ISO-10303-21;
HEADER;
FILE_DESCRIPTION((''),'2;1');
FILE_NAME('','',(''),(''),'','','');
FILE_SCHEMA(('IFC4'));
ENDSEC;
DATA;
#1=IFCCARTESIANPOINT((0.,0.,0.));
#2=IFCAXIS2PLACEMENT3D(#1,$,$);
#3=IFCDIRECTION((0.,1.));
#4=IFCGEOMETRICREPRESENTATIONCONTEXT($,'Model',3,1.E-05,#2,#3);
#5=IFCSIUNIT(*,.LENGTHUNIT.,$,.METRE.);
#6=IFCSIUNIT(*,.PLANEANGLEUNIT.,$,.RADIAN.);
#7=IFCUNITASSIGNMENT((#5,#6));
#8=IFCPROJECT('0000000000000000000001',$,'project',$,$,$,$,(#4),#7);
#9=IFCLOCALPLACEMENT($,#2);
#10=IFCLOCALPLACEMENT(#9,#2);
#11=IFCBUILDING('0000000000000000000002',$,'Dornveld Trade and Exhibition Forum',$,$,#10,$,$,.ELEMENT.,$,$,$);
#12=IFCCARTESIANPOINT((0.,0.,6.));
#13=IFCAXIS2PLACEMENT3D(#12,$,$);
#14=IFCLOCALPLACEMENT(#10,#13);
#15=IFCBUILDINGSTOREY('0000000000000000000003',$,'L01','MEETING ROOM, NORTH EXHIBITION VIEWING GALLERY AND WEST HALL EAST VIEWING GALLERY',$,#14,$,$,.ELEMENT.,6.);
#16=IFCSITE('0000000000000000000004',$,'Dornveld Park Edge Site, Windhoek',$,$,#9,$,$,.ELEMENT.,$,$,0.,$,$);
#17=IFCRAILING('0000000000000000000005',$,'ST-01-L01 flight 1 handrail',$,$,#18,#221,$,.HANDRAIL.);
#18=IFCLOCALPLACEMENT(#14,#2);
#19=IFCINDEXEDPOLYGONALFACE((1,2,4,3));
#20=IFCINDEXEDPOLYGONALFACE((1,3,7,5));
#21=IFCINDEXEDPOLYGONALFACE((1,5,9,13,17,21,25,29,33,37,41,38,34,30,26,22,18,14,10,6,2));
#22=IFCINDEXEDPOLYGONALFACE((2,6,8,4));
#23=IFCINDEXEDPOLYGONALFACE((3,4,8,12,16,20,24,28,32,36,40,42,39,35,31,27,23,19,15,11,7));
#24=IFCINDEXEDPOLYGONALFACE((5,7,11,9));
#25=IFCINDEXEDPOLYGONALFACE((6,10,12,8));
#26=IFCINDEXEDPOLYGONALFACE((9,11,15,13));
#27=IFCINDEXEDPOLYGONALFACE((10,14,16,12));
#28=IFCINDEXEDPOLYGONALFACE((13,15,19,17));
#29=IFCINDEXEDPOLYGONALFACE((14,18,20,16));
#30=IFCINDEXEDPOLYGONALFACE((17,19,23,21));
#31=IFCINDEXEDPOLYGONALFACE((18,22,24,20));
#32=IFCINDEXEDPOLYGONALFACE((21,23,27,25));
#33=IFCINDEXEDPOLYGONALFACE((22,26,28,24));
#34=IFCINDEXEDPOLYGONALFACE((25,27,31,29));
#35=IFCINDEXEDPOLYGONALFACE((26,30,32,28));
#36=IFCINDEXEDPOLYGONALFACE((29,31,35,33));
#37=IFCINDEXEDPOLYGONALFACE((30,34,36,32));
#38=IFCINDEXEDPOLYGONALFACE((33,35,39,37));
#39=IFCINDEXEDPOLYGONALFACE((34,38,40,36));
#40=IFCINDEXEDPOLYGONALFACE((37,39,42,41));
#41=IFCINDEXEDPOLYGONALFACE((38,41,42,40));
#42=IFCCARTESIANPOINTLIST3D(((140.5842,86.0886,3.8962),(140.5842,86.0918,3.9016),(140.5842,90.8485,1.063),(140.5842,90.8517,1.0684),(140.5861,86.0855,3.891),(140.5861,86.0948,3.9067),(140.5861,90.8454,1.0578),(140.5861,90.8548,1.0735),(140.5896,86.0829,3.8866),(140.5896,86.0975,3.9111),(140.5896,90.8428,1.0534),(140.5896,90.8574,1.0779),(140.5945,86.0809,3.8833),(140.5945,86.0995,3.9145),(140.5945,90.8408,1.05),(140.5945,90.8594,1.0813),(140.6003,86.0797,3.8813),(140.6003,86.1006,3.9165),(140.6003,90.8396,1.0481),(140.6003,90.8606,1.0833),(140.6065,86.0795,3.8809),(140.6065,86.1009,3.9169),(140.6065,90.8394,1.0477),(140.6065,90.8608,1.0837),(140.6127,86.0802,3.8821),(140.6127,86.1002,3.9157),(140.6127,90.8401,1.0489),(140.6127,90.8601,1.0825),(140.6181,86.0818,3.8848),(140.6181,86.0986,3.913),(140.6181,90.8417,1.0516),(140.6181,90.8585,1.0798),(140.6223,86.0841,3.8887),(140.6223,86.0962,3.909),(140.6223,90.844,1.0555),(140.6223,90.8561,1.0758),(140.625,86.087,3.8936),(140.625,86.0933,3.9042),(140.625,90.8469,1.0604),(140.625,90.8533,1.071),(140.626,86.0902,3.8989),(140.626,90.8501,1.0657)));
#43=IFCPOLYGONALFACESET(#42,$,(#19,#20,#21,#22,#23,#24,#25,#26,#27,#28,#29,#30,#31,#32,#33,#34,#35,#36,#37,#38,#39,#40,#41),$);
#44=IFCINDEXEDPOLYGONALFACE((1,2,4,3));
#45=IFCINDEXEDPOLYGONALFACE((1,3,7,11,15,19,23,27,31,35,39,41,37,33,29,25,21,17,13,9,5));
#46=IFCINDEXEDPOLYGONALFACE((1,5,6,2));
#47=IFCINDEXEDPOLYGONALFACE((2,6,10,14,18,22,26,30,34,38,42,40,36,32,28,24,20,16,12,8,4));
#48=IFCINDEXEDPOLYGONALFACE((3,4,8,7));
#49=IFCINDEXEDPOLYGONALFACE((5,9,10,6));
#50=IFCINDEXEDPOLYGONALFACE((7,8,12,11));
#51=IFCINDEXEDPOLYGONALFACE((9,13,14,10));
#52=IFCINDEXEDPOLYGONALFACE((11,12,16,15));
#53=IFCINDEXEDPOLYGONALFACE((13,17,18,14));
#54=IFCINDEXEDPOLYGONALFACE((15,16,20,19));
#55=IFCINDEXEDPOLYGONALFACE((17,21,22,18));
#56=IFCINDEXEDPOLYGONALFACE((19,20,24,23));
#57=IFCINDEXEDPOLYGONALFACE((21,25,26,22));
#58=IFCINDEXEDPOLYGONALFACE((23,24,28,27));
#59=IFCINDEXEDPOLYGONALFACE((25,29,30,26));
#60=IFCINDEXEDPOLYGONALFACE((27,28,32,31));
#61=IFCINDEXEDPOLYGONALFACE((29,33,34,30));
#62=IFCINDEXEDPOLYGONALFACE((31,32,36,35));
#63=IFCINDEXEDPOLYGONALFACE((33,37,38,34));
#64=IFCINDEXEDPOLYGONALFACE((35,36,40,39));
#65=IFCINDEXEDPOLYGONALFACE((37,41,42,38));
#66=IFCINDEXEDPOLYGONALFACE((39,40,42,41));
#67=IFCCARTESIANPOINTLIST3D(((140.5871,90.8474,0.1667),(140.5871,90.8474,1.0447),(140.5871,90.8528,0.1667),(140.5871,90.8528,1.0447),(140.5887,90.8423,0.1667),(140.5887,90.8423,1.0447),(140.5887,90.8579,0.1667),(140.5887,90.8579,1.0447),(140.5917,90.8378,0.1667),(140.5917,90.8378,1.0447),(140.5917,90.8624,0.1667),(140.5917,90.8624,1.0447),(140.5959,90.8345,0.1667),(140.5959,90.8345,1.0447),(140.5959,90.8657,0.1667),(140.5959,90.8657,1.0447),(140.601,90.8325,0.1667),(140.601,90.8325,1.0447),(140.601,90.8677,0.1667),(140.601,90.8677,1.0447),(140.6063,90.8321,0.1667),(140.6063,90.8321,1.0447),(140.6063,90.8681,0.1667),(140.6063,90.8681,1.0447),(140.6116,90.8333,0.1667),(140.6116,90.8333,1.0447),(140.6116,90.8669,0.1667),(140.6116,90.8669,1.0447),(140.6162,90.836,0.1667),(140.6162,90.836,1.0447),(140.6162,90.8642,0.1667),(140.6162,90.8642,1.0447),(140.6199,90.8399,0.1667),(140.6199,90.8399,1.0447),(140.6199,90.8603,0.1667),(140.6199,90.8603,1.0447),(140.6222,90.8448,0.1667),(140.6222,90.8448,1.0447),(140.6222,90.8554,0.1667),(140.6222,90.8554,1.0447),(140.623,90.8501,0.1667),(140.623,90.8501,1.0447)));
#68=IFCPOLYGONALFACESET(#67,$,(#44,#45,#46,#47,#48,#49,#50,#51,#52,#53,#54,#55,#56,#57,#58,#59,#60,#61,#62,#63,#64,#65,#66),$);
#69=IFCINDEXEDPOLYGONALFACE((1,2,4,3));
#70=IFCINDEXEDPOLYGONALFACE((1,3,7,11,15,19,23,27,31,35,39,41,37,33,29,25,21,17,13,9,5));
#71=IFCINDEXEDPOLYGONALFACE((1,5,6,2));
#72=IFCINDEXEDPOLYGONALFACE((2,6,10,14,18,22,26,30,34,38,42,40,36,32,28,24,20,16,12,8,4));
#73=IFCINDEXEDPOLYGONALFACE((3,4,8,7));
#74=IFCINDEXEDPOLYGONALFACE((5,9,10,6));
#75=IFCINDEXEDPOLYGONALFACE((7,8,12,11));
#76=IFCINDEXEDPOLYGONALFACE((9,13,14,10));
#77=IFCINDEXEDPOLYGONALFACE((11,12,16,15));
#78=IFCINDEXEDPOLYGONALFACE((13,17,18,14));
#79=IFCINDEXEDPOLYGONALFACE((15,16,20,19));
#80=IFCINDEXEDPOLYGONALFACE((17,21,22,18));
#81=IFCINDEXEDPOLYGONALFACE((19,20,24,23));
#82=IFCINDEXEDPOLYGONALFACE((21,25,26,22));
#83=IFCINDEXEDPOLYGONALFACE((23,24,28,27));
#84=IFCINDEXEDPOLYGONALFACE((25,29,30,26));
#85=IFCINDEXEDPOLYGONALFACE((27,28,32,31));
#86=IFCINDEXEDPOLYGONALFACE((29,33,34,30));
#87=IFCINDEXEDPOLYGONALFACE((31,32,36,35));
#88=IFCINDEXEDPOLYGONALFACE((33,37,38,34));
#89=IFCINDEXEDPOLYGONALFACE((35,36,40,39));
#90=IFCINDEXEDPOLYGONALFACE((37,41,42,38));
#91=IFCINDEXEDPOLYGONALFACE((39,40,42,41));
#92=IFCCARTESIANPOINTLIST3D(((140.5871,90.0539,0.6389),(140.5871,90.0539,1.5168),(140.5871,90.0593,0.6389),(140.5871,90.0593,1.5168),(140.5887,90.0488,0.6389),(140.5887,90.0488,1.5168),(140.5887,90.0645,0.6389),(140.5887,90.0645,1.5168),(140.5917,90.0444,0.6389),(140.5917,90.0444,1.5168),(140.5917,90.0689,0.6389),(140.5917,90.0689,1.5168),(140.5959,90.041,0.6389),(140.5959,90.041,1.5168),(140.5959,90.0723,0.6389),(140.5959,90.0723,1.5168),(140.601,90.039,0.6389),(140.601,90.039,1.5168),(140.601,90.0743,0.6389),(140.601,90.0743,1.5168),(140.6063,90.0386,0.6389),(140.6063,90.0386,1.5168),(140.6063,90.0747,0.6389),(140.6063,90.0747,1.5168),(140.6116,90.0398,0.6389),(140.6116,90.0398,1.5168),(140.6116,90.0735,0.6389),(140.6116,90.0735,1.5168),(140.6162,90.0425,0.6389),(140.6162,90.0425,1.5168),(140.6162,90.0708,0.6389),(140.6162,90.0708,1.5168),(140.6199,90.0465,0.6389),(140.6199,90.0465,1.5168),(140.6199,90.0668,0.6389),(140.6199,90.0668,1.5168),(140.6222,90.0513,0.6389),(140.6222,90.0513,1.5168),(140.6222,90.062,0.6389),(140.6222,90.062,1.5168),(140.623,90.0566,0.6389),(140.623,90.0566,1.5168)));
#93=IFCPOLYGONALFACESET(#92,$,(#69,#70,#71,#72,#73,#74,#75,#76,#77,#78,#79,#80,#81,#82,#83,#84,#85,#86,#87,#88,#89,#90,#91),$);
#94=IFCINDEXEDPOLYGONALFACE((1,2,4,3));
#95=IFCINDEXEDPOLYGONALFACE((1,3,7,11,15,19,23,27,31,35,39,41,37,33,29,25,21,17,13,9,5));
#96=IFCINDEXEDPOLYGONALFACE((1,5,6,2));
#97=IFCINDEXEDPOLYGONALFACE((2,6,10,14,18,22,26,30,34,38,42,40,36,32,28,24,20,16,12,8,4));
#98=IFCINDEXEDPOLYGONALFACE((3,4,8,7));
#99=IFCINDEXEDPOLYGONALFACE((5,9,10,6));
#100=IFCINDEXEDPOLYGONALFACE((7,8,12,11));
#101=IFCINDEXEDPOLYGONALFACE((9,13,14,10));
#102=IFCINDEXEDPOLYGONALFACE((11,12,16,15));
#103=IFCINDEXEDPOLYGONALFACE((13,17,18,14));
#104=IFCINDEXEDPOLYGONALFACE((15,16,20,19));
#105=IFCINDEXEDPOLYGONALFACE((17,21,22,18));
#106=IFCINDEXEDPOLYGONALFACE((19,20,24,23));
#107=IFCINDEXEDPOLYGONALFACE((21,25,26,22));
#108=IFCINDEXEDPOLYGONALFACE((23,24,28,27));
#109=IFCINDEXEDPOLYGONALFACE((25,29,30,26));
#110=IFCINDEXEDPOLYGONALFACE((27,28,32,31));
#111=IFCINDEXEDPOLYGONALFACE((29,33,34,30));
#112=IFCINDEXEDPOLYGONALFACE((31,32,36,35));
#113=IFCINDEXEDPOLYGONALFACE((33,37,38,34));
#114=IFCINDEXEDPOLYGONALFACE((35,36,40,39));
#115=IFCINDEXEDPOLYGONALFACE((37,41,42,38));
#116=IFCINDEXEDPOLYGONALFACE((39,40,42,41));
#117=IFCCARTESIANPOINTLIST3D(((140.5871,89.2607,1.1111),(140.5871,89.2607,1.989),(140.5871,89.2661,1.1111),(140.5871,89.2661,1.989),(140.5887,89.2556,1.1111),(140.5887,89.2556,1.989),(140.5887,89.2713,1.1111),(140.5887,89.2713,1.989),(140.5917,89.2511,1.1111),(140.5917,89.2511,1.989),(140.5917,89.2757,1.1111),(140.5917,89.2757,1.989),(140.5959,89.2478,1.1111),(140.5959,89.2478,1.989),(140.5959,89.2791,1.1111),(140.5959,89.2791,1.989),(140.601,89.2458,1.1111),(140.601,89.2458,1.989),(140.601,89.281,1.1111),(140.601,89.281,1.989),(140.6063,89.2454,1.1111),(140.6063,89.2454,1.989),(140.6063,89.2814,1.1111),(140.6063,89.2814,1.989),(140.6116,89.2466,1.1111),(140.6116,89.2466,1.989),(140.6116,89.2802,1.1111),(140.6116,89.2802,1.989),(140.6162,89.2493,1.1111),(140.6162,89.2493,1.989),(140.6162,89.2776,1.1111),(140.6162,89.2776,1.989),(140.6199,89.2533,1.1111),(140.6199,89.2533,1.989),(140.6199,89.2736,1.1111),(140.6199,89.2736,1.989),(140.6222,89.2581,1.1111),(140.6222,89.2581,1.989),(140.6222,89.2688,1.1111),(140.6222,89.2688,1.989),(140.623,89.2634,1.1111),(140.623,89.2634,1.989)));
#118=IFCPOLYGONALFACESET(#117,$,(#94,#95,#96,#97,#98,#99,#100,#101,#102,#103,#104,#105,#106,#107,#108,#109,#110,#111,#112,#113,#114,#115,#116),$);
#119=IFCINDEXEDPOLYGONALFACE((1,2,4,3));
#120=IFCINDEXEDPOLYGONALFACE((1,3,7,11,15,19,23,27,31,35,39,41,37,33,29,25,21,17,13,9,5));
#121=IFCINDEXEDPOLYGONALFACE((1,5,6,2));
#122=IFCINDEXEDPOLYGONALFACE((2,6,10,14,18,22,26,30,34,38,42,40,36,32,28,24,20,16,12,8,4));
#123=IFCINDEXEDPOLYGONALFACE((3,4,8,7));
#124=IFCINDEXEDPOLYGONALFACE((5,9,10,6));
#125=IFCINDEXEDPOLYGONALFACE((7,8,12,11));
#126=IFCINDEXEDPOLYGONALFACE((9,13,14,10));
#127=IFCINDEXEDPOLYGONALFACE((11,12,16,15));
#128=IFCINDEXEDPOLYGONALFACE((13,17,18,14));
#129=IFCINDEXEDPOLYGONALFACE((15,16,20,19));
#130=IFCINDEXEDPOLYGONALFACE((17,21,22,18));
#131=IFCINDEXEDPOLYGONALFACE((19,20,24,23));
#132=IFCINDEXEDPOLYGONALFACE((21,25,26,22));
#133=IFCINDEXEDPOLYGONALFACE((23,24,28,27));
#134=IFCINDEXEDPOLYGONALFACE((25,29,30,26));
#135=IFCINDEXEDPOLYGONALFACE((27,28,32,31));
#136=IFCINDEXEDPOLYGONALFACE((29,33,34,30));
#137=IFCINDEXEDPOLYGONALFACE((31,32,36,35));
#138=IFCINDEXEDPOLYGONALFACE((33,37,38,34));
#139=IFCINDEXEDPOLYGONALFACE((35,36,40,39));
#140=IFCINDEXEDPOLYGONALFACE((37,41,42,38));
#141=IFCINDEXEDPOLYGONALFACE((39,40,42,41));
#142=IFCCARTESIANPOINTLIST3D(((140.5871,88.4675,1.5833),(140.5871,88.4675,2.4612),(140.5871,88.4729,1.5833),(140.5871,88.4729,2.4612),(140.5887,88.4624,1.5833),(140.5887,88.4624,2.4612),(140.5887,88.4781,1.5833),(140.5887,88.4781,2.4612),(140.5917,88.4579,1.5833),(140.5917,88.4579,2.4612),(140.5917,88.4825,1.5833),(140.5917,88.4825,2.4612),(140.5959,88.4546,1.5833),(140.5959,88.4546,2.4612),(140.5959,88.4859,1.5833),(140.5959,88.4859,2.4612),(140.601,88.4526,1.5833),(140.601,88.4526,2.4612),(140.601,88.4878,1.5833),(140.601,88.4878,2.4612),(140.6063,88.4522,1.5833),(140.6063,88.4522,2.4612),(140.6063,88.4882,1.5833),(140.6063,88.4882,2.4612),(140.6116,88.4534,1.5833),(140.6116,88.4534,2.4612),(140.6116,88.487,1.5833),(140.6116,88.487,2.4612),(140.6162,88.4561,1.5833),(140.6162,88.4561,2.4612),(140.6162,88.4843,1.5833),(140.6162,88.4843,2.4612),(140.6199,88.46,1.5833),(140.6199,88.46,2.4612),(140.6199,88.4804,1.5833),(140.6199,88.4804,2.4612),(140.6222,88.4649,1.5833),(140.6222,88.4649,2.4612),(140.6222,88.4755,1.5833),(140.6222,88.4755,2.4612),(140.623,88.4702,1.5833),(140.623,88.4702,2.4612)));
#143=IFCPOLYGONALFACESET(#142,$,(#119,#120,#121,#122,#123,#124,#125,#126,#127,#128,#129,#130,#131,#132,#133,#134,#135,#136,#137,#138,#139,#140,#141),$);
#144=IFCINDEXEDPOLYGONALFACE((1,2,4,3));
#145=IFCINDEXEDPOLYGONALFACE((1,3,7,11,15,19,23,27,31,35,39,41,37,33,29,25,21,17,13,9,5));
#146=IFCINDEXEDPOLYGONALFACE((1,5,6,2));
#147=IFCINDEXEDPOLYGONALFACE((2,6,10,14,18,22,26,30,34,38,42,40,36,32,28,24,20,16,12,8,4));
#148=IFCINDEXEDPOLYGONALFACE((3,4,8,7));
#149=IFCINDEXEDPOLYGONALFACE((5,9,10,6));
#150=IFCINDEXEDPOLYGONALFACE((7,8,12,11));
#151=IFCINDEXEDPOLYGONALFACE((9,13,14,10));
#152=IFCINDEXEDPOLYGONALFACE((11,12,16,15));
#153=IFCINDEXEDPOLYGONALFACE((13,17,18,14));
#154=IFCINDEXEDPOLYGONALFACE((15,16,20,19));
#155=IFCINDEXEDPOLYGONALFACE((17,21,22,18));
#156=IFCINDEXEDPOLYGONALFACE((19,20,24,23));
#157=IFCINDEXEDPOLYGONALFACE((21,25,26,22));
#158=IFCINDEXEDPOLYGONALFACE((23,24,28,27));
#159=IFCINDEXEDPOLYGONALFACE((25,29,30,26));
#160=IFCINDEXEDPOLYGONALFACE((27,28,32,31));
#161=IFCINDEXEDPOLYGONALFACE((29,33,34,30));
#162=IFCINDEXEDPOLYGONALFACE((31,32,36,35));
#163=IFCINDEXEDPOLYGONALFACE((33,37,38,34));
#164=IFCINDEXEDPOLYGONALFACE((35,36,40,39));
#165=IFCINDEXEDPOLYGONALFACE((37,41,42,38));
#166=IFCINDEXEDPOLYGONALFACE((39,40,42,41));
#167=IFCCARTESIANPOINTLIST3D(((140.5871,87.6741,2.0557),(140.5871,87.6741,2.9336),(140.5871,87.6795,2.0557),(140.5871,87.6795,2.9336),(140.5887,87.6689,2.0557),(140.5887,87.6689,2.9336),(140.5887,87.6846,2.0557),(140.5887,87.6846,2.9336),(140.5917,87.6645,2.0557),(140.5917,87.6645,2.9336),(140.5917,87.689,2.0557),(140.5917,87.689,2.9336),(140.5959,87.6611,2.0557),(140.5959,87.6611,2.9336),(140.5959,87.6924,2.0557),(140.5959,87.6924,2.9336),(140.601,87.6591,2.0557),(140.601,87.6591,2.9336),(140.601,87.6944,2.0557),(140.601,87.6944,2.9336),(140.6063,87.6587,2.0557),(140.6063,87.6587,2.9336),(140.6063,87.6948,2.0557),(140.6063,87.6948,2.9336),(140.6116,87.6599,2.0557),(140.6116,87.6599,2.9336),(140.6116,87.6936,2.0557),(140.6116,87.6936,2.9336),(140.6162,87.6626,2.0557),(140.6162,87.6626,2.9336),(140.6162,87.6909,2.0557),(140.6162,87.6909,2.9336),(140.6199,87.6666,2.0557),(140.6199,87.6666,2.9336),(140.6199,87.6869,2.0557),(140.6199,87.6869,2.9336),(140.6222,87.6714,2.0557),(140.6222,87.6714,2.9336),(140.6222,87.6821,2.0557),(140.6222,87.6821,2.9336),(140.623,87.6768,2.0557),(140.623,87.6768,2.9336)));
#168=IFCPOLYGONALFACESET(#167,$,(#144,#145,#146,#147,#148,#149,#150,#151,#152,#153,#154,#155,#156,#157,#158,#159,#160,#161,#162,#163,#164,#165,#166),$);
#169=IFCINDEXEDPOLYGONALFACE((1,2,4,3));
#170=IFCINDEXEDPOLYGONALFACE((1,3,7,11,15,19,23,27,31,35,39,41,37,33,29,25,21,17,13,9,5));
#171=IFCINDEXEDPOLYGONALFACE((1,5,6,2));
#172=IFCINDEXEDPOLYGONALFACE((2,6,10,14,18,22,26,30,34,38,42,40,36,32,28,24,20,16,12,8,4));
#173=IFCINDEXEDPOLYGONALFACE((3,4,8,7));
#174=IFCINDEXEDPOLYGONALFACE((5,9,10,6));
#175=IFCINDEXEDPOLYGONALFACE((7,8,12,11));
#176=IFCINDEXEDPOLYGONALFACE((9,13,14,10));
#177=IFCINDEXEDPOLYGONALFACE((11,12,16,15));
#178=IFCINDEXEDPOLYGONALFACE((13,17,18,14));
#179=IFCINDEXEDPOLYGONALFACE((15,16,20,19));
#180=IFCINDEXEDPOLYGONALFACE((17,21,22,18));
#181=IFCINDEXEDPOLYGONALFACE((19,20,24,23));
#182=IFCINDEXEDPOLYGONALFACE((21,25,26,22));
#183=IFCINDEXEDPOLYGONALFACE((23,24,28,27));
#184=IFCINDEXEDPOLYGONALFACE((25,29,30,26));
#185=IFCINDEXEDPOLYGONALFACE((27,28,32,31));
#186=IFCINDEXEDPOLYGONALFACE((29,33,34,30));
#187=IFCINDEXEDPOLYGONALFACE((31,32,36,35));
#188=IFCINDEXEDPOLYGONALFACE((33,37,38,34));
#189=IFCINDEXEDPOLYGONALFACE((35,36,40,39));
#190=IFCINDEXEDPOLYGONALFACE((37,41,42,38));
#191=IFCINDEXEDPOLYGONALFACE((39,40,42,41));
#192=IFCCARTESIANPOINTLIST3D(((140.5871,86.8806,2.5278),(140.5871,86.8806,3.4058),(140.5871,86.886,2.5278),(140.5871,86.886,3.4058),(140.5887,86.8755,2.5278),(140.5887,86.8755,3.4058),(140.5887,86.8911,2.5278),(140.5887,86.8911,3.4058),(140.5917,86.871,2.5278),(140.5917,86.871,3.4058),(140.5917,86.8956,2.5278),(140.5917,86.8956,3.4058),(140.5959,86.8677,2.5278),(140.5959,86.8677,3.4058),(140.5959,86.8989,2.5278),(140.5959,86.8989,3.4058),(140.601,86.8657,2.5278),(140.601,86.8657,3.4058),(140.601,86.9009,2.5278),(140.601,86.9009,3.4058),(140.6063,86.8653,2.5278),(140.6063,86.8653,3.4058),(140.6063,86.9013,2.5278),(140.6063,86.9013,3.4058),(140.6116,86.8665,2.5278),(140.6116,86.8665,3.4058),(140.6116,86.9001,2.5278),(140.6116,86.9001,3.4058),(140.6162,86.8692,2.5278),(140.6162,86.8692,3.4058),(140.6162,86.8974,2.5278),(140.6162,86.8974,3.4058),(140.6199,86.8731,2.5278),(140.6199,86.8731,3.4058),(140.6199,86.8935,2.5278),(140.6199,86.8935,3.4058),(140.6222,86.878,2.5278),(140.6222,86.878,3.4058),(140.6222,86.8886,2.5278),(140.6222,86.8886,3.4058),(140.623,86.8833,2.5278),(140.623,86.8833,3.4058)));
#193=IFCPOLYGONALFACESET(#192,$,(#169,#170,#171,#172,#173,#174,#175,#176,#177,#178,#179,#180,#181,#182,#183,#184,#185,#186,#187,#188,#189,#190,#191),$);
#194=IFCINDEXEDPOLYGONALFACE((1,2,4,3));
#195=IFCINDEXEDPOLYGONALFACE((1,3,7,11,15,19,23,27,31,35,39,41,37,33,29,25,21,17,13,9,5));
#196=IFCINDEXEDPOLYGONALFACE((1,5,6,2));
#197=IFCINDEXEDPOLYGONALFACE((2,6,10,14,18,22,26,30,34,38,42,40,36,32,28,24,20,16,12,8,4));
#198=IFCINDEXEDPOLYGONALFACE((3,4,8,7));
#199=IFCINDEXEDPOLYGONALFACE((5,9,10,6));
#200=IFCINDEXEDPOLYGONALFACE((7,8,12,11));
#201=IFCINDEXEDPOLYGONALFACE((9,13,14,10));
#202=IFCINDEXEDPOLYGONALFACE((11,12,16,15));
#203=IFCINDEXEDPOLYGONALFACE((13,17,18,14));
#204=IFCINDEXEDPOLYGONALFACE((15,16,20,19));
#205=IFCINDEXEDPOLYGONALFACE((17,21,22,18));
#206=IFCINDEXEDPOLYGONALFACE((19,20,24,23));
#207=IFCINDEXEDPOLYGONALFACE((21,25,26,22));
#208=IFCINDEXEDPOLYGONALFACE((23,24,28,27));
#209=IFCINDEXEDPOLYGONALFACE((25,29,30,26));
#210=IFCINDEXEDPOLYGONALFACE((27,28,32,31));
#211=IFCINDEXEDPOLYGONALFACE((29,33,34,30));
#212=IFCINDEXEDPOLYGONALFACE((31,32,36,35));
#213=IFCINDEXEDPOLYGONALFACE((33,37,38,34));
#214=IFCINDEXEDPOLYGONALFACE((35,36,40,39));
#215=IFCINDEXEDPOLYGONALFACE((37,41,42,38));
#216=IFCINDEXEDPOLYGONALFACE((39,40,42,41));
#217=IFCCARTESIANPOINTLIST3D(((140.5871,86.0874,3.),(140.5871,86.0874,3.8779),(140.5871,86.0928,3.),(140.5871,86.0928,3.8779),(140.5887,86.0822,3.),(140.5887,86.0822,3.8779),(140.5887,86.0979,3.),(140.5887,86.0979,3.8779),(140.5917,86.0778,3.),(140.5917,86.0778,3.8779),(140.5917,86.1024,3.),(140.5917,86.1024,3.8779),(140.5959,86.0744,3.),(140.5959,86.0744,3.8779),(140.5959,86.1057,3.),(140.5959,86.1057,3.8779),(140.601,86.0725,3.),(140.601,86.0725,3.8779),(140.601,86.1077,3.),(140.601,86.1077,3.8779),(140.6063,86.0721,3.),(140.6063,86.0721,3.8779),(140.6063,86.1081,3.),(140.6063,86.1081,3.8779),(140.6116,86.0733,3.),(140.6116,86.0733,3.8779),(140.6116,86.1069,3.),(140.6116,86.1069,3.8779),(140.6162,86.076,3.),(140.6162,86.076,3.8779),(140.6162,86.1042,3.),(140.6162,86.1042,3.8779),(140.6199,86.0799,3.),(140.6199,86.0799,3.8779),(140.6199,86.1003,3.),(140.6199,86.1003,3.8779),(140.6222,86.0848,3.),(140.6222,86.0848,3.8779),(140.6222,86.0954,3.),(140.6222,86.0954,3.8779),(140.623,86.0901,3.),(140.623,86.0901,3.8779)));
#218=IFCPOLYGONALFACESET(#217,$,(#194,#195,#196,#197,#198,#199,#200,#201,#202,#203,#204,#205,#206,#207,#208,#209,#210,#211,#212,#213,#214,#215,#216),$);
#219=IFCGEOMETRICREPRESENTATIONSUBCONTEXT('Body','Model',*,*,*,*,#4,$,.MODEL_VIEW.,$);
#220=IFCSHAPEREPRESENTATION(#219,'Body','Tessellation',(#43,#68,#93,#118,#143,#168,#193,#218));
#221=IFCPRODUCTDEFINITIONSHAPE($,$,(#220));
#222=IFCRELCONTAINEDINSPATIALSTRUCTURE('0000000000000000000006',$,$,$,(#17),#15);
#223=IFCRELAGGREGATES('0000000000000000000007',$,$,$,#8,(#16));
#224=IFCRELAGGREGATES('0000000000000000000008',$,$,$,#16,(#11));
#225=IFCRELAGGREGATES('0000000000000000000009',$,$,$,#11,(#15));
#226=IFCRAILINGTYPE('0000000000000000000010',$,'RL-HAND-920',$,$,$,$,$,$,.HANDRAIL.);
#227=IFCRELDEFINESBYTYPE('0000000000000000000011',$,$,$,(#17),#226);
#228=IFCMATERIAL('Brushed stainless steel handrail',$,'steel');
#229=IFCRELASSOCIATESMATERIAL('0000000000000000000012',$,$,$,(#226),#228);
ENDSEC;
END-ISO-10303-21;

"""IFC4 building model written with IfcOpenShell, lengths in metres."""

from ifc_helpers import new_model, si_unit, direction, frame, origin, origin_2d, place, context, subcontext, project, spatial, circle, extrude, material, type_object, element, save


model = new_model("IFC4")

# Units and contexts
model_context = context("Model", 3, precision=1e-05, world=origin(), true_north=direction((0.0, 1.0)))
body_context = subcontext(model_context, "Body", "Model", "MODEL_VIEW")
ifc_project = project(units=[si_unit("LENGTHUNIT", "METRE"), si_unit("PLANEANGLEUNIT", "RADIAN")], contexts=[model_context])

# Site, building, storey
site_placement = place(None, origin())
site = spatial("IfcSite", under=ifc_project, at=site_placement, Name="Dornveld Park Edge Site, Windhoek", CompositionType="ELEMENT", RefElevation=0.0)
building_placement = place(site_placement, origin())
building = spatial("IfcBuilding", under=site, at=building_placement, Name="Dornveld Trade and Exhibition Forum", CompositionType="ELEMENT")
storey_placement = place(building_placement, frame((0.0, 0.0, 6.0)))
storey = spatial("IfcBuildingStorey", under=building, at=storey_placement, Name="L01", Description="MEETING ROOM, NORTH EXHIBITION VIEWING GALLERY AND WEST HALL EAST VIEWING GALLERY", CompositionType="ELEMENT", Elevation=6.0)

# Railing
ifc_material_1 = material(Name="Brushed stainless steel handrail", Category="steel")
railing_type_1 = type_object("IfcRailingType", Name="RL-HAND-920", PredefinedType="HANDRAIL", material=ifc_material_1)
railing_1_placement = place(storey_placement, frame((140.605, 90.8501, 0.1667)))
element("IfcRailing", 1, at=railing_1_placement, inside=storey, type_object=railing_type_1, Name="ST-01-L01 flight 1 handrail", PredefinedType="HANDRAIL", context=body_context, shape_type="SweptSolid", body=[
    extrude(circle(Radius=0.021, at=origin_2d()), frame((0.0, 0.0, 0.8989), z_axis=(0.0, -0.8593, 0.511472), x_axis=(1.0, 0.0, 0.0)), (0.0, 0.0, 1.0), 5.5393),
    extrude(circle(Radius=0.0181, at=origin_2d()), origin(), (0.0, 0.0, 1.0), 0.8779),
    extrude(circle(Radius=0.0181, at=origin_2d()), frame((0.0, -0.7935, 0.4722)), (0.0, 0.0, 1.0), 0.8779),
    extrude(circle(Radius=0.0181, at=origin_2d()), frame((0.0, -1.5867, 0.9443)), (0.0, 0.0, 1.0), 0.8779),
    extrude(circle(Radius=0.0181, at=origin_2d()), frame((0.0, -2.3799, 1.4165)), (0.0, 0.0, 1.0), 0.8779),
    extrude(circle(Radius=0.0181, at=origin_2d()), frame((0.0, -3.1733, 1.8889)), (0.0, 0.0, 1.0), 0.8779),
    extrude(circle(Radius=0.0181, at=origin_2d()), frame((0.0, -3.9668, 2.3611)), (0.0, 0.0, 1.0), 0.8779),
    extrude(circle(Radius=0.0181, at=origin_2d()), frame((0.0, -4.76, 2.8333)), (0.0, 0.0, 1.0), 0.8779),
])

save(model, "model.ifc")
